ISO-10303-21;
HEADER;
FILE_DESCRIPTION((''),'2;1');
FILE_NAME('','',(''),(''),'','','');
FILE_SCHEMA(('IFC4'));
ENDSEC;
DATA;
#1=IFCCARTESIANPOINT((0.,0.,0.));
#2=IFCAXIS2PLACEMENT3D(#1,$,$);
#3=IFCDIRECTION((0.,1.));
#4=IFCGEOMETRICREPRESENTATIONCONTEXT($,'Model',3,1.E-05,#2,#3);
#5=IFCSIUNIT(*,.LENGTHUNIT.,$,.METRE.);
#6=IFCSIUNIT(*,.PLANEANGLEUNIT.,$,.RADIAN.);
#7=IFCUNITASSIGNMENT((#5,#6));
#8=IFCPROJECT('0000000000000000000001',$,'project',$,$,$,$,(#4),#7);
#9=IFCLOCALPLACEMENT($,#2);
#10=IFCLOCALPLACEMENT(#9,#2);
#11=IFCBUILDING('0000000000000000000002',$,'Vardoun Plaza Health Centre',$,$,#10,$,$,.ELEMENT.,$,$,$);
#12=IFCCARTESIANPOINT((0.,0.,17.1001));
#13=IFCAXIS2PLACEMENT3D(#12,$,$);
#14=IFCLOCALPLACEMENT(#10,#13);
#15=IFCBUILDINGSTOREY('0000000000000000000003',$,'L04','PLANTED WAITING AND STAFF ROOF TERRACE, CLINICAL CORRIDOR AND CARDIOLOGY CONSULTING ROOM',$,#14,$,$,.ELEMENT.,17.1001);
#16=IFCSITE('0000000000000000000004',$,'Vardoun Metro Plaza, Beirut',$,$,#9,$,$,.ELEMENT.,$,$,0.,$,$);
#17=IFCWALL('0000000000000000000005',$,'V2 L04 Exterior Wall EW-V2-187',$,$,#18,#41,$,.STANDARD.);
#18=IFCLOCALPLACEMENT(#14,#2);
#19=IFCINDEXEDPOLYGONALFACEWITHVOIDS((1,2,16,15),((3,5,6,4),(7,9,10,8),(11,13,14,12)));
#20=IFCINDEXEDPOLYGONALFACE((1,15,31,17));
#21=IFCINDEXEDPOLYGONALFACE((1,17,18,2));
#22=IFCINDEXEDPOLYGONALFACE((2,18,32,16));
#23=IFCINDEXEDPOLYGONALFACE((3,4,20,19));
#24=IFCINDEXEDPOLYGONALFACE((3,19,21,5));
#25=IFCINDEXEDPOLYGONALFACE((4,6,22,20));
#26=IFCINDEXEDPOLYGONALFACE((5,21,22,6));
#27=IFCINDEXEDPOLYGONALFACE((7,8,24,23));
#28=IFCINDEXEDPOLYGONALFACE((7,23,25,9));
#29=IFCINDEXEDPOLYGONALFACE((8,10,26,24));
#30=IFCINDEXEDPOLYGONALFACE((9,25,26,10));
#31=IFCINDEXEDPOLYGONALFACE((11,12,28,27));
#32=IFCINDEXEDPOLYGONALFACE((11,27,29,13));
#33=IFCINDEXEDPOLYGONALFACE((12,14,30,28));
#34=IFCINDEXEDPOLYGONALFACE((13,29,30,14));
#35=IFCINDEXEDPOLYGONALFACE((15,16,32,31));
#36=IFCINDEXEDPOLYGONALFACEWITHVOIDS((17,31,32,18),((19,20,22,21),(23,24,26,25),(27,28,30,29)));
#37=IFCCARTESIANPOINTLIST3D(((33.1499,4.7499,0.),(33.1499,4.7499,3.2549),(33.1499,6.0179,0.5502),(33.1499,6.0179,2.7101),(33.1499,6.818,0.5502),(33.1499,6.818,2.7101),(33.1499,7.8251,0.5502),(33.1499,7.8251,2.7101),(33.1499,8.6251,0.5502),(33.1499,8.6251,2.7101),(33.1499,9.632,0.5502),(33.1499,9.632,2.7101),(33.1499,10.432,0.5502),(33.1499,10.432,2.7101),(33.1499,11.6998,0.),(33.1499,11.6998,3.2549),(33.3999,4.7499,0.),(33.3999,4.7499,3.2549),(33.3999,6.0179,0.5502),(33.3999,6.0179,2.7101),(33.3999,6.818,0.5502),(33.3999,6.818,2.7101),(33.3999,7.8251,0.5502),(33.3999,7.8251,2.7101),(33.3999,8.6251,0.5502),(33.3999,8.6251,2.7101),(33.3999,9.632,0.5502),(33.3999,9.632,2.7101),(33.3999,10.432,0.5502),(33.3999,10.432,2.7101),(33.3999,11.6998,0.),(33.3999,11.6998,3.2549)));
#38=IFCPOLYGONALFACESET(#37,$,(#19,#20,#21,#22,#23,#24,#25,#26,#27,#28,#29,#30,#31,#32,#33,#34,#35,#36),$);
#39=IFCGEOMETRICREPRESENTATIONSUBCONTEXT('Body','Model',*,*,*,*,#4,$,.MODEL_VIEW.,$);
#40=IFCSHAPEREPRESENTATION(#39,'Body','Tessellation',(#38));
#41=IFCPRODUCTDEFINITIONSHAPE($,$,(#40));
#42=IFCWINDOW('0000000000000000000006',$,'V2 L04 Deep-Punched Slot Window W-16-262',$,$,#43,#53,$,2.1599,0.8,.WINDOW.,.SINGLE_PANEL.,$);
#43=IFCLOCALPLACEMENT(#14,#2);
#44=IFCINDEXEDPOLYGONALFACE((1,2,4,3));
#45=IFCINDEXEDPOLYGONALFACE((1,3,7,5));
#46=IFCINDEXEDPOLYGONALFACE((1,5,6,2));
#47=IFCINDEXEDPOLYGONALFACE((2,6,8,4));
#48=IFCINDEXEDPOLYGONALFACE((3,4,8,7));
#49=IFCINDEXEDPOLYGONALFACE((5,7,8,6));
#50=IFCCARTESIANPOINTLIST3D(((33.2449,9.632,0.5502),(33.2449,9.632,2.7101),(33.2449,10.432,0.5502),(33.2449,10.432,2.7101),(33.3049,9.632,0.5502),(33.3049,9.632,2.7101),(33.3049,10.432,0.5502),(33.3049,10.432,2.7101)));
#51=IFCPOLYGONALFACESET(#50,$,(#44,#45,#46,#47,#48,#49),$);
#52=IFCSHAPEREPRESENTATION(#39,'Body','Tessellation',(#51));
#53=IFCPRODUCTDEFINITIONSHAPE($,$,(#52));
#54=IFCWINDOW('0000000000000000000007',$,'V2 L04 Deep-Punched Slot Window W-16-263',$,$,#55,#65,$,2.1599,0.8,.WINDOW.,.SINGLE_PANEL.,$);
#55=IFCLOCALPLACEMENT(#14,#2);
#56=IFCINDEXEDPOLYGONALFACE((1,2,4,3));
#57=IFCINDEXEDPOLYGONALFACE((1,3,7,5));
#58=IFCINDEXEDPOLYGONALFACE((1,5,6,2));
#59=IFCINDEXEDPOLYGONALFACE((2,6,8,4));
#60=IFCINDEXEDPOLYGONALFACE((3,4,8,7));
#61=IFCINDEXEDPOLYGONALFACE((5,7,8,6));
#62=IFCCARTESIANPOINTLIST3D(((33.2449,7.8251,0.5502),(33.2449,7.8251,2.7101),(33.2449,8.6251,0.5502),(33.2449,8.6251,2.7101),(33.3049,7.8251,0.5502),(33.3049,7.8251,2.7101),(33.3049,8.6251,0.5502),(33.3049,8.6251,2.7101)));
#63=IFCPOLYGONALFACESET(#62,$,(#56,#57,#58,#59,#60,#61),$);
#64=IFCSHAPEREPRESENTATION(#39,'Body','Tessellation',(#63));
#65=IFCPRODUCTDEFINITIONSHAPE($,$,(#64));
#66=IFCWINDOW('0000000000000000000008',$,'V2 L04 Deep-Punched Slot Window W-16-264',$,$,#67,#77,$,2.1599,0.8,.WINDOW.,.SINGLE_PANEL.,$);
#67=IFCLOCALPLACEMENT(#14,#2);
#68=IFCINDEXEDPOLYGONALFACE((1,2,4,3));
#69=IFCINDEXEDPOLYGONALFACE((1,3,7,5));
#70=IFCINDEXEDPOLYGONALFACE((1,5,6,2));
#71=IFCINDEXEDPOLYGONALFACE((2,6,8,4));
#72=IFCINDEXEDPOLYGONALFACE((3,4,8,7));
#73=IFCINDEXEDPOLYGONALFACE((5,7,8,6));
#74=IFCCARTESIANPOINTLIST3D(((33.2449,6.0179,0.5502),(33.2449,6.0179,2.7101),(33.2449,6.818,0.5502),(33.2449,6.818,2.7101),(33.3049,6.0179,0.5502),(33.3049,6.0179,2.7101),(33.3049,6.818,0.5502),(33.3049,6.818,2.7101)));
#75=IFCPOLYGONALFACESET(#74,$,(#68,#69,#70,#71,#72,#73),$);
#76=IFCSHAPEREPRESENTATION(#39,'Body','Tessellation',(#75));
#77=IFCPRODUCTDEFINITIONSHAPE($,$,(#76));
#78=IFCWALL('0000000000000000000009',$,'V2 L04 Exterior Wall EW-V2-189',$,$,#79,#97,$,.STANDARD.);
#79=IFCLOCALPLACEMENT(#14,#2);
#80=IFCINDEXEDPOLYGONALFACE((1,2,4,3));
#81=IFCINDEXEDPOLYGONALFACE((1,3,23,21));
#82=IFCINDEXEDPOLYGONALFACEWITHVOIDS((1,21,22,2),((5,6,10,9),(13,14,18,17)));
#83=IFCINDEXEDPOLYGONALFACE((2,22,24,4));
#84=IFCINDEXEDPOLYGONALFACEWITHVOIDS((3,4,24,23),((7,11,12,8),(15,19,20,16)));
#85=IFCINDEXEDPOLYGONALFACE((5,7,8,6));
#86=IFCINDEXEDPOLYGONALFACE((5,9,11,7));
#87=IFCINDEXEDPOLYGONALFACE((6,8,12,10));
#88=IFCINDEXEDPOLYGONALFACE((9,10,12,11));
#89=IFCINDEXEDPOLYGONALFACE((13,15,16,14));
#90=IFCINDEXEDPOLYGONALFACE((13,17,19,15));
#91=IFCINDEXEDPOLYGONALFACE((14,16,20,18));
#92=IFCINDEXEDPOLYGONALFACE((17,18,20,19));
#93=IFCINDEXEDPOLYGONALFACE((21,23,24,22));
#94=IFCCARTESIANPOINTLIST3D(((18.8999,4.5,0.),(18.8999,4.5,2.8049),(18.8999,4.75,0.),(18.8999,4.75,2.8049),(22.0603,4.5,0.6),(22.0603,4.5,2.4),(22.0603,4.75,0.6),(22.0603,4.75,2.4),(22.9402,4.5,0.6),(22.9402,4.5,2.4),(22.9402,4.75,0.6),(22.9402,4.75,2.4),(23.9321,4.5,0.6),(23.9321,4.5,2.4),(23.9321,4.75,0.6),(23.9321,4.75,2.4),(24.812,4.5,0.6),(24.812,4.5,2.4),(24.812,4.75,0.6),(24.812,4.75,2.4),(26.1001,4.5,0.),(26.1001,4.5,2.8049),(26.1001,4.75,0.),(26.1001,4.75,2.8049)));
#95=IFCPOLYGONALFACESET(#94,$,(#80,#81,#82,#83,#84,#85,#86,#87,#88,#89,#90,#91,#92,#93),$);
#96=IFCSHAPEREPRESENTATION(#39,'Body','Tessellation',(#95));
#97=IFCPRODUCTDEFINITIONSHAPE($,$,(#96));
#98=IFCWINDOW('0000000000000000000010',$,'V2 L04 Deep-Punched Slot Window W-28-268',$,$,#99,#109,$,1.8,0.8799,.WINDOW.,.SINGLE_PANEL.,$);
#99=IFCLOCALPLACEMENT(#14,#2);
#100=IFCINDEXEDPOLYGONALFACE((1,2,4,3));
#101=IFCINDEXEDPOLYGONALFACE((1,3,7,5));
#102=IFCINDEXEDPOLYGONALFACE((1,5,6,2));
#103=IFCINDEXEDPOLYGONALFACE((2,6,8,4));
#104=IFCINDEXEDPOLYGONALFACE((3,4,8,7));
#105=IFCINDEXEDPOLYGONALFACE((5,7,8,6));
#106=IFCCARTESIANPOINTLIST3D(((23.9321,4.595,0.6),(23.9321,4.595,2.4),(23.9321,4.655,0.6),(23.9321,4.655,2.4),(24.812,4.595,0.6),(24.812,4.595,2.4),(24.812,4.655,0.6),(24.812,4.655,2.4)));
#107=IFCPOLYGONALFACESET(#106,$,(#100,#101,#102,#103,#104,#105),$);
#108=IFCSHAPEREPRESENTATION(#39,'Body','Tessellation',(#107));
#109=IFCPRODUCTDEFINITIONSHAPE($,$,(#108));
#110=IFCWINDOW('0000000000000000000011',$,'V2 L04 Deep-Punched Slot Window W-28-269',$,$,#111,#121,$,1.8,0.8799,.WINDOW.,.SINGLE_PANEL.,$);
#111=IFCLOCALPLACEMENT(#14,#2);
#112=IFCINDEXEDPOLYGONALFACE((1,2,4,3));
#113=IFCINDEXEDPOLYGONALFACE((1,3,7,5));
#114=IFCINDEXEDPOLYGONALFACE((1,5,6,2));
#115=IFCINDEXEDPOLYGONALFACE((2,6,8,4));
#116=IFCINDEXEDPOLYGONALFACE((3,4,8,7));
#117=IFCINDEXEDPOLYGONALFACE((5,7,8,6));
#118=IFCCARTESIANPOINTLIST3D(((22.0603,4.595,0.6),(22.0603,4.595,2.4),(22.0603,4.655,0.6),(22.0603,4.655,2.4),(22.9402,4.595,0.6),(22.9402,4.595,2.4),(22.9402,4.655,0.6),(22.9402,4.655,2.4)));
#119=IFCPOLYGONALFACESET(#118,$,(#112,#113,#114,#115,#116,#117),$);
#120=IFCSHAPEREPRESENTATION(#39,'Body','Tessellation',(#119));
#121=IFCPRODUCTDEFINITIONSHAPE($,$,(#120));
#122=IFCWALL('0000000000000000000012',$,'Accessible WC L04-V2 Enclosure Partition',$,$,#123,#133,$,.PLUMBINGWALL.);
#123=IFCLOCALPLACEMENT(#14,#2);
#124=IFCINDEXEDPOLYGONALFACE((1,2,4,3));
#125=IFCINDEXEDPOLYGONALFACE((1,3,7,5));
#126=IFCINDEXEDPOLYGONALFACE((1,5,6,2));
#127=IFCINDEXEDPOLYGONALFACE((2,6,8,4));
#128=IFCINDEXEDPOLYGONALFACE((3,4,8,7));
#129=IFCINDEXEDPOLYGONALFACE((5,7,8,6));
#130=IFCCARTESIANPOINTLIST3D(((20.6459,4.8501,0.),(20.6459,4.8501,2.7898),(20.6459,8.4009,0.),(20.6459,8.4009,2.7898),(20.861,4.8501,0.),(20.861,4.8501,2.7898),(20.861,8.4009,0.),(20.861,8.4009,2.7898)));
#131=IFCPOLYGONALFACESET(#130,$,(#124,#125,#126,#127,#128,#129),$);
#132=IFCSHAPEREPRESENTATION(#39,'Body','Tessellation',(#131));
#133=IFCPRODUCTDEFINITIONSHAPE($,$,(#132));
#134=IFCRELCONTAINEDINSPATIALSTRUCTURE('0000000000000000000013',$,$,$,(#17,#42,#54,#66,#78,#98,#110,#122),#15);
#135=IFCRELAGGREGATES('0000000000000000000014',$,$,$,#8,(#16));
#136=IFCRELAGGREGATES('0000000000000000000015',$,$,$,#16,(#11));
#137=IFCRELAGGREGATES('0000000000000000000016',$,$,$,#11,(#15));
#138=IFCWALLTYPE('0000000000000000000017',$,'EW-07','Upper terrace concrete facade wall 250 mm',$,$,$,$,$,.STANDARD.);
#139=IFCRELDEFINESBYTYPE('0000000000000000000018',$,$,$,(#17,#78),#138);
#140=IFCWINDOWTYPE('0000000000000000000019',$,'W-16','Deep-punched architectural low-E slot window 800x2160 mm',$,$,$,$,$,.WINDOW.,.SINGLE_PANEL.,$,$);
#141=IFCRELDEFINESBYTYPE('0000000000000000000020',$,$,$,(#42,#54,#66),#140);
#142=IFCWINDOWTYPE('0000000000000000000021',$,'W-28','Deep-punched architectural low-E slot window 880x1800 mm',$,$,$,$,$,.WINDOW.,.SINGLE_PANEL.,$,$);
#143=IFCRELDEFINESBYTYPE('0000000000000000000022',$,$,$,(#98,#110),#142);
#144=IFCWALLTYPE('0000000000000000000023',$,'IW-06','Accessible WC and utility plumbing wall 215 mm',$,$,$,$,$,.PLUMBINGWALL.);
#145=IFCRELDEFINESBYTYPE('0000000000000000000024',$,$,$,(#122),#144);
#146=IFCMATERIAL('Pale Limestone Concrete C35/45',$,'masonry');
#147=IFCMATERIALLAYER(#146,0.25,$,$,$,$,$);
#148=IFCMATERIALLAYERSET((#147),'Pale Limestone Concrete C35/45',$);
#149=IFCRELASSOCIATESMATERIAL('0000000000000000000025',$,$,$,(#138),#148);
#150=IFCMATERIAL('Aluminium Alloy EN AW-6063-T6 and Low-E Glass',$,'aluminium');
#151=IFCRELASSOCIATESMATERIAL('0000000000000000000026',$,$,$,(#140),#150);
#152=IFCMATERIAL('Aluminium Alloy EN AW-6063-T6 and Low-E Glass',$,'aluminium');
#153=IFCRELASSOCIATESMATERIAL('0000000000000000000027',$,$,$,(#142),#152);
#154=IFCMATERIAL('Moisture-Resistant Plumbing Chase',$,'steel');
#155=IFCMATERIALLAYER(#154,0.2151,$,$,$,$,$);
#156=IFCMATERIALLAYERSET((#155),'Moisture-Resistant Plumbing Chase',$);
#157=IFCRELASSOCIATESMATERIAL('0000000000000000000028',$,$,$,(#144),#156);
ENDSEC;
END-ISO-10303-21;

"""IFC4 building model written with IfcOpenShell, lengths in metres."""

from ifc_helpers import new_model, si_unit, direction, frame, frame_2d, origin, place, context, subcontext, project, spatial, rectangle, extrude, material, layer, layer_set, type_object, element, fill, save


model = new_model("IFC4")

# Units and contexts
model_context = context("Model", 3, precision=1e-05, world=origin(), true_north=direction((0.0, 1.0)))
body_context = subcontext(model_context, "Body", "Model", "MODEL_VIEW")
ifc_project = project(units=[si_unit("LENGTHUNIT", "METRE"), si_unit("PLANEANGLEUNIT", "RADIAN")], contexts=[model_context])

# Site, building, storey
site_placement = place(None, origin())
site = spatial("IfcSite", under=ifc_project, at=site_placement, Name="Vardoun Metro Plaza, Beirut", CompositionType="ELEMENT", RefElevation=0.0)
building_placement = place(site_placement, origin())
building = spatial("IfcBuilding", under=site, at=building_placement, Name="Vardoun Plaza Health Centre", CompositionType="ELEMENT")
storey_placement = place(building_placement, frame((0.0, 0.0, 17.1001)))
storey = spatial("IfcBuildingStorey", under=building, at=storey_placement, Name="L04", Description="PLANTED WAITING AND STAFF ROOF TERRACE, CLINICAL CORRIDOR AND CARDIOLOGY CONSULTING ROOM", CompositionType="ELEMENT", Elevation=17.1001)

# Walls, openings, windows
ifc_material_1 = material(Name="Pale Limestone Concrete C35/45", Category="masonry")
ifc_layer_1 = layer(ifc_material_1, 0.25)
ifc_layer_set_1 = layer_set([ifc_layer_1], Name="Pale Limestone Concrete C35/45")
wall_type_1 = type_object("IfcWallType", Name="EW-07", Description="Upper terrace concrete facade wall 250 mm", PredefinedType="STANDARD", material=ifc_layer_set_1)
wall_1_placement = place(storey_placement, frame((33.2749, 11.7, 0.0), z_axis=(0.0, 0.0, 1.0), x_axis=(0.0, -1.0, 0.0)))
wall_1 = element("IfcWall", 1, at=wall_1_placement, inside=storey, type_object=wall_type_1, Name="V2 L04 Exterior Wall EW-V2-187", PredefinedType="STANDARD", context=body_context, shape_type="SweptSolid", body=[
    extrude(rectangle(XDim=6.95, YDim=0.25, at=frame_2d((3.4751, 0.0))), origin(), (0.0, 0.0, 1.0), 3.2549),
])
opening_1_placement = place(wall_1_placement, frame((1.2681, 0.0, 0.55)))
opening_1 = element("IfcOpeningElement", 2, at=opening_1_placement, cuts=wall_1, PredefinedType="OPENING", context=body_context, shape_type="SweptSolid", body=[
    extrude(rectangle(XDim=0.8, YDim=2.1599, at=frame_2d((0.3999, 1.0801))), frame((0.0, 0.125, 0.0), z_axis=(0.0, -1.0, 0.0), x_axis=(1.0, 0.0, 0.0)), (0.0, 0.0, 1.0), 0.25),
])
opening_2_placement = place(wall_1_placement, frame((3.075, 0.0, 0.55)))
opening_2 = element("IfcOpeningElement", 3, at=opening_2_placement, cuts=wall_1, PredefinedType="OPENING", context=body_context, shape_type="SweptSolid", body=[
    extrude(rectangle(XDim=0.8, YDim=2.1599, at=frame_2d((0.3999, 1.0801))), frame((0.0, 0.125, 0.0), z_axis=(0.0, -1.0, 0.0), x_axis=(1.0, 0.0, 0.0)), (0.0, 0.0, 1.0), 0.25),
])
opening_3_placement = place(wall_1_placement, frame((4.8821, 0.0, 0.55)))
opening_3 = element("IfcOpeningElement", 4, at=opening_3_placement, cuts=wall_1, PredefinedType="OPENING", context=body_context, shape_type="SweptSolid", body=[
    extrude(rectangle(XDim=0.8, YDim=2.1599, at=frame_2d((0.3999, 1.0801))), frame((0.0, 0.125, 0.0), z_axis=(0.0, -1.0, 0.0), x_axis=(1.0, 0.0, 0.0)), (0.0, 0.0, 1.0), 0.25),
])
ifc_material_2 = material(Name="Aluminium Alloy EN AW-6063-T6 and Low-E Glass", Category="aluminium")
window_type_1 = type_object("IfcWindowType", Name="W-16", Description="Deep-punched architectural low-E slot window 800x2160 mm", PartitioningType="SINGLE_PANEL", PredefinedType="WINDOW", material=ifc_material_2)
window_1_placement = place(opening_1_placement, origin())
window_1 = element("IfcWindow", 5, at=window_1_placement, inside=storey, type_object=window_type_1, Name="V2 L04 Deep-Punched Slot Window W-16-262", OverallHeight=2.1599, OverallWidth=0.8, PartitioningType="SINGLE_PANEL", PredefinedType="WINDOW", context=body_context, shape_type="SweptSolid", body=[
    extrude(rectangle(XDim=0.8, YDim=2.1599, at=frame_2d((0.3999, 1.0801))), frame((0.0, 0.03, 0.0), z_axis=(0.0, -1.0, 0.0), x_axis=(1.0, 0.0, 0.0)), (0.0, 0.0, 1.0), 0.0601),
])
fill(opening_1, window_1)
window_2_placement = place(opening_2_placement, origin())
window_2 = element("IfcWindow", 6, at=window_2_placement, inside=storey, type_object=window_type_1, Name="V2 L04 Deep-Punched Slot Window W-16-263", OverallHeight=2.1599, OverallWidth=0.8, PartitioningType="SINGLE_PANEL", PredefinedType="WINDOW", context=body_context, shape_type="SweptSolid", body=[
    extrude(rectangle(XDim=0.8, YDim=2.1599, at=frame_2d((0.3999, 1.0801))), frame((0.0, 0.03, 0.0), z_axis=(0.0, -1.0, 0.0), x_axis=(1.0, 0.0, 0.0)), (0.0, 0.0, 1.0), 0.0601),
])
fill(opening_2, window_2)
window_3_placement = place(opening_3_placement, origin())
window_3 = element("IfcWindow", 7, at=window_3_placement, inside=storey, type_object=window_type_1, Name="V2 L04 Deep-Punched Slot Window W-16-264", OverallHeight=2.1599, OverallWidth=0.8, PartitioningType="SINGLE_PANEL", PredefinedType="WINDOW", context=body_context, shape_type="SweptSolid", body=[
    extrude(rectangle(XDim=0.8, YDim=2.1599, at=frame_2d((0.3999, 1.0801))), frame((0.0, 0.03, 0.0), z_axis=(0.0, -1.0, 0.0), x_axis=(1.0, 0.0, 0.0)), (0.0, 0.0, 1.0), 0.0601),
])
fill(opening_3, window_3)
wall_2_placement = place(storey_placement, frame((26.1001, 4.625, 0.0), z_axis=(0.0, 0.0, 1.0), x_axis=(-1.0, 0.0, 0.0)))
wall_2 = element("IfcWall", 8, at=wall_2_placement, inside=storey, type_object=wall_type_1, Name="V2 L04 Exterior Wall EW-V2-189", PredefinedType="STANDARD", context=body_context, shape_type="SweptSolid", body=[
    extrude(rectangle(XDim=7.2002, YDim=0.25, at=frame_2d((3.6001, 0.0))), origin(), (0.0, 0.0, 1.0), 2.8049),
])
opening_4_placement = place(wall_2_placement, frame((1.2881, 0.0, 0.6001)))
opening_4 = element("IfcOpeningElement", 9, at=opening_4_placement, cuts=wall_2, PredefinedType="OPENING", context=body_context, shape_type="SweptSolid", body=[
    extrude(rectangle(XDim=0.8799, YDim=1.8, at=frame_2d((0.4399, 0.8999))), frame((0.0, 0.125, 0.0), z_axis=(0.0, -1.0, 0.0), x_axis=(1.0, 0.0, 0.0)), (0.0, 0.0, 1.0), 0.25),
])
opening_5_placement = place(wall_2_placement, frame((3.1599, 0.0, 0.6001)))
opening_5 = element("IfcOpeningElement", 10, at=opening_5_placement, cuts=wall_2, PredefinedType="OPENING", context=body_context, shape_type="SweptSolid", body=[
    extrude(rectangle(XDim=0.8799, YDim=1.8, at=frame_2d((0.4399, 0.8999))), frame((0.0, 0.125, 0.0), z_axis=(0.0, -1.0, 0.0), x_axis=(1.0, 0.0, 0.0)), (0.0, 0.0, 1.0), 0.25),
])
ifc_material_3 = material(Name="Aluminium Alloy EN AW-6063-T6 and Low-E Glass", Category="aluminium")
window_type_2 = type_object("IfcWindowType", Name="W-28", Description="Deep-punched architectural low-E slot window 880x1800 mm", PartitioningType="SINGLE_PANEL", PredefinedType="WINDOW", material=ifc_material_3)
window_4_placement = place(opening_4_placement, origin())
window_4 = element("IfcWindow", 11, at=window_4_placement, inside=storey, type_object=window_type_2, Name="V2 L04 Deep-Punched Slot Window W-28-268", OverallHeight=1.8, OverallWidth=0.8799, PartitioningType="SINGLE_PANEL", PredefinedType="WINDOW", context=body_context, shape_type="SweptSolid", body=[
    extrude(rectangle(XDim=0.8799, YDim=1.8, at=frame_2d((0.4399, 0.8999))), frame((0.0, 0.03, 0.0), z_axis=(0.0, -1.0, 0.0), x_axis=(1.0, 0.0, 0.0)), (0.0, 0.0, 1.0), 0.0601),
])
fill(opening_4, window_4)
window_5_placement = place(opening_5_placement, origin())
window_5 = element("IfcWindow", 12, at=window_5_placement, inside=storey, type_object=window_type_2, Name="V2 L04 Deep-Punched Slot Window W-28-269", OverallHeight=1.8, OverallWidth=0.8799, PartitioningType="SINGLE_PANEL", PredefinedType="WINDOW", context=body_context, shape_type="SweptSolid", body=[
    extrude(rectangle(XDim=0.8799, YDim=1.8, at=frame_2d((0.4399, 0.8999))), frame((0.0, 0.03, 0.0), z_axis=(0.0, -1.0, 0.0), x_axis=(1.0, 0.0, 0.0)), (0.0, 0.0, 1.0), 0.0601),
])
fill(opening_5, window_5)

# Wall
ifc_material_4 = material(Name="Moisture-Resistant Plumbing Chase", Category="steel")
ifc_layer_2 = layer(ifc_material_4, 0.2151)
ifc_layer_set_2 = layer_set([ifc_layer_2], Name="Moisture-Resistant Plumbing Chase")
wall_type_2 = type_object("IfcWallType", Name="IW-06", Description="Accessible WC and utility plumbing wall 215 mm", PredefinedType="PLUMBINGWALL", material=ifc_layer_set_2)
wall_3_placement = place(storey_placement, frame((20.7534, 8.4009, 0.0), z_axis=(0.0, 0.0, 1.0), x_axis=(0.0, -1.0, 0.0)))
element("IfcWall", 13, at=wall_3_placement, inside=storey, type_object=wall_type_2, Name="Accessible WC L04-V2 Enclosure Partition", PredefinedType="PLUMBINGWALL", context=body_context, shape_type="SweptSolid", body=[
    extrude(rectangle(XDim=3.5508, YDim=0.2151, at=frame_2d((1.7754, 0.0))), origin(), (0.0, 0.0, 1.0), 2.7898),
])

save(model, "model.ifc")
